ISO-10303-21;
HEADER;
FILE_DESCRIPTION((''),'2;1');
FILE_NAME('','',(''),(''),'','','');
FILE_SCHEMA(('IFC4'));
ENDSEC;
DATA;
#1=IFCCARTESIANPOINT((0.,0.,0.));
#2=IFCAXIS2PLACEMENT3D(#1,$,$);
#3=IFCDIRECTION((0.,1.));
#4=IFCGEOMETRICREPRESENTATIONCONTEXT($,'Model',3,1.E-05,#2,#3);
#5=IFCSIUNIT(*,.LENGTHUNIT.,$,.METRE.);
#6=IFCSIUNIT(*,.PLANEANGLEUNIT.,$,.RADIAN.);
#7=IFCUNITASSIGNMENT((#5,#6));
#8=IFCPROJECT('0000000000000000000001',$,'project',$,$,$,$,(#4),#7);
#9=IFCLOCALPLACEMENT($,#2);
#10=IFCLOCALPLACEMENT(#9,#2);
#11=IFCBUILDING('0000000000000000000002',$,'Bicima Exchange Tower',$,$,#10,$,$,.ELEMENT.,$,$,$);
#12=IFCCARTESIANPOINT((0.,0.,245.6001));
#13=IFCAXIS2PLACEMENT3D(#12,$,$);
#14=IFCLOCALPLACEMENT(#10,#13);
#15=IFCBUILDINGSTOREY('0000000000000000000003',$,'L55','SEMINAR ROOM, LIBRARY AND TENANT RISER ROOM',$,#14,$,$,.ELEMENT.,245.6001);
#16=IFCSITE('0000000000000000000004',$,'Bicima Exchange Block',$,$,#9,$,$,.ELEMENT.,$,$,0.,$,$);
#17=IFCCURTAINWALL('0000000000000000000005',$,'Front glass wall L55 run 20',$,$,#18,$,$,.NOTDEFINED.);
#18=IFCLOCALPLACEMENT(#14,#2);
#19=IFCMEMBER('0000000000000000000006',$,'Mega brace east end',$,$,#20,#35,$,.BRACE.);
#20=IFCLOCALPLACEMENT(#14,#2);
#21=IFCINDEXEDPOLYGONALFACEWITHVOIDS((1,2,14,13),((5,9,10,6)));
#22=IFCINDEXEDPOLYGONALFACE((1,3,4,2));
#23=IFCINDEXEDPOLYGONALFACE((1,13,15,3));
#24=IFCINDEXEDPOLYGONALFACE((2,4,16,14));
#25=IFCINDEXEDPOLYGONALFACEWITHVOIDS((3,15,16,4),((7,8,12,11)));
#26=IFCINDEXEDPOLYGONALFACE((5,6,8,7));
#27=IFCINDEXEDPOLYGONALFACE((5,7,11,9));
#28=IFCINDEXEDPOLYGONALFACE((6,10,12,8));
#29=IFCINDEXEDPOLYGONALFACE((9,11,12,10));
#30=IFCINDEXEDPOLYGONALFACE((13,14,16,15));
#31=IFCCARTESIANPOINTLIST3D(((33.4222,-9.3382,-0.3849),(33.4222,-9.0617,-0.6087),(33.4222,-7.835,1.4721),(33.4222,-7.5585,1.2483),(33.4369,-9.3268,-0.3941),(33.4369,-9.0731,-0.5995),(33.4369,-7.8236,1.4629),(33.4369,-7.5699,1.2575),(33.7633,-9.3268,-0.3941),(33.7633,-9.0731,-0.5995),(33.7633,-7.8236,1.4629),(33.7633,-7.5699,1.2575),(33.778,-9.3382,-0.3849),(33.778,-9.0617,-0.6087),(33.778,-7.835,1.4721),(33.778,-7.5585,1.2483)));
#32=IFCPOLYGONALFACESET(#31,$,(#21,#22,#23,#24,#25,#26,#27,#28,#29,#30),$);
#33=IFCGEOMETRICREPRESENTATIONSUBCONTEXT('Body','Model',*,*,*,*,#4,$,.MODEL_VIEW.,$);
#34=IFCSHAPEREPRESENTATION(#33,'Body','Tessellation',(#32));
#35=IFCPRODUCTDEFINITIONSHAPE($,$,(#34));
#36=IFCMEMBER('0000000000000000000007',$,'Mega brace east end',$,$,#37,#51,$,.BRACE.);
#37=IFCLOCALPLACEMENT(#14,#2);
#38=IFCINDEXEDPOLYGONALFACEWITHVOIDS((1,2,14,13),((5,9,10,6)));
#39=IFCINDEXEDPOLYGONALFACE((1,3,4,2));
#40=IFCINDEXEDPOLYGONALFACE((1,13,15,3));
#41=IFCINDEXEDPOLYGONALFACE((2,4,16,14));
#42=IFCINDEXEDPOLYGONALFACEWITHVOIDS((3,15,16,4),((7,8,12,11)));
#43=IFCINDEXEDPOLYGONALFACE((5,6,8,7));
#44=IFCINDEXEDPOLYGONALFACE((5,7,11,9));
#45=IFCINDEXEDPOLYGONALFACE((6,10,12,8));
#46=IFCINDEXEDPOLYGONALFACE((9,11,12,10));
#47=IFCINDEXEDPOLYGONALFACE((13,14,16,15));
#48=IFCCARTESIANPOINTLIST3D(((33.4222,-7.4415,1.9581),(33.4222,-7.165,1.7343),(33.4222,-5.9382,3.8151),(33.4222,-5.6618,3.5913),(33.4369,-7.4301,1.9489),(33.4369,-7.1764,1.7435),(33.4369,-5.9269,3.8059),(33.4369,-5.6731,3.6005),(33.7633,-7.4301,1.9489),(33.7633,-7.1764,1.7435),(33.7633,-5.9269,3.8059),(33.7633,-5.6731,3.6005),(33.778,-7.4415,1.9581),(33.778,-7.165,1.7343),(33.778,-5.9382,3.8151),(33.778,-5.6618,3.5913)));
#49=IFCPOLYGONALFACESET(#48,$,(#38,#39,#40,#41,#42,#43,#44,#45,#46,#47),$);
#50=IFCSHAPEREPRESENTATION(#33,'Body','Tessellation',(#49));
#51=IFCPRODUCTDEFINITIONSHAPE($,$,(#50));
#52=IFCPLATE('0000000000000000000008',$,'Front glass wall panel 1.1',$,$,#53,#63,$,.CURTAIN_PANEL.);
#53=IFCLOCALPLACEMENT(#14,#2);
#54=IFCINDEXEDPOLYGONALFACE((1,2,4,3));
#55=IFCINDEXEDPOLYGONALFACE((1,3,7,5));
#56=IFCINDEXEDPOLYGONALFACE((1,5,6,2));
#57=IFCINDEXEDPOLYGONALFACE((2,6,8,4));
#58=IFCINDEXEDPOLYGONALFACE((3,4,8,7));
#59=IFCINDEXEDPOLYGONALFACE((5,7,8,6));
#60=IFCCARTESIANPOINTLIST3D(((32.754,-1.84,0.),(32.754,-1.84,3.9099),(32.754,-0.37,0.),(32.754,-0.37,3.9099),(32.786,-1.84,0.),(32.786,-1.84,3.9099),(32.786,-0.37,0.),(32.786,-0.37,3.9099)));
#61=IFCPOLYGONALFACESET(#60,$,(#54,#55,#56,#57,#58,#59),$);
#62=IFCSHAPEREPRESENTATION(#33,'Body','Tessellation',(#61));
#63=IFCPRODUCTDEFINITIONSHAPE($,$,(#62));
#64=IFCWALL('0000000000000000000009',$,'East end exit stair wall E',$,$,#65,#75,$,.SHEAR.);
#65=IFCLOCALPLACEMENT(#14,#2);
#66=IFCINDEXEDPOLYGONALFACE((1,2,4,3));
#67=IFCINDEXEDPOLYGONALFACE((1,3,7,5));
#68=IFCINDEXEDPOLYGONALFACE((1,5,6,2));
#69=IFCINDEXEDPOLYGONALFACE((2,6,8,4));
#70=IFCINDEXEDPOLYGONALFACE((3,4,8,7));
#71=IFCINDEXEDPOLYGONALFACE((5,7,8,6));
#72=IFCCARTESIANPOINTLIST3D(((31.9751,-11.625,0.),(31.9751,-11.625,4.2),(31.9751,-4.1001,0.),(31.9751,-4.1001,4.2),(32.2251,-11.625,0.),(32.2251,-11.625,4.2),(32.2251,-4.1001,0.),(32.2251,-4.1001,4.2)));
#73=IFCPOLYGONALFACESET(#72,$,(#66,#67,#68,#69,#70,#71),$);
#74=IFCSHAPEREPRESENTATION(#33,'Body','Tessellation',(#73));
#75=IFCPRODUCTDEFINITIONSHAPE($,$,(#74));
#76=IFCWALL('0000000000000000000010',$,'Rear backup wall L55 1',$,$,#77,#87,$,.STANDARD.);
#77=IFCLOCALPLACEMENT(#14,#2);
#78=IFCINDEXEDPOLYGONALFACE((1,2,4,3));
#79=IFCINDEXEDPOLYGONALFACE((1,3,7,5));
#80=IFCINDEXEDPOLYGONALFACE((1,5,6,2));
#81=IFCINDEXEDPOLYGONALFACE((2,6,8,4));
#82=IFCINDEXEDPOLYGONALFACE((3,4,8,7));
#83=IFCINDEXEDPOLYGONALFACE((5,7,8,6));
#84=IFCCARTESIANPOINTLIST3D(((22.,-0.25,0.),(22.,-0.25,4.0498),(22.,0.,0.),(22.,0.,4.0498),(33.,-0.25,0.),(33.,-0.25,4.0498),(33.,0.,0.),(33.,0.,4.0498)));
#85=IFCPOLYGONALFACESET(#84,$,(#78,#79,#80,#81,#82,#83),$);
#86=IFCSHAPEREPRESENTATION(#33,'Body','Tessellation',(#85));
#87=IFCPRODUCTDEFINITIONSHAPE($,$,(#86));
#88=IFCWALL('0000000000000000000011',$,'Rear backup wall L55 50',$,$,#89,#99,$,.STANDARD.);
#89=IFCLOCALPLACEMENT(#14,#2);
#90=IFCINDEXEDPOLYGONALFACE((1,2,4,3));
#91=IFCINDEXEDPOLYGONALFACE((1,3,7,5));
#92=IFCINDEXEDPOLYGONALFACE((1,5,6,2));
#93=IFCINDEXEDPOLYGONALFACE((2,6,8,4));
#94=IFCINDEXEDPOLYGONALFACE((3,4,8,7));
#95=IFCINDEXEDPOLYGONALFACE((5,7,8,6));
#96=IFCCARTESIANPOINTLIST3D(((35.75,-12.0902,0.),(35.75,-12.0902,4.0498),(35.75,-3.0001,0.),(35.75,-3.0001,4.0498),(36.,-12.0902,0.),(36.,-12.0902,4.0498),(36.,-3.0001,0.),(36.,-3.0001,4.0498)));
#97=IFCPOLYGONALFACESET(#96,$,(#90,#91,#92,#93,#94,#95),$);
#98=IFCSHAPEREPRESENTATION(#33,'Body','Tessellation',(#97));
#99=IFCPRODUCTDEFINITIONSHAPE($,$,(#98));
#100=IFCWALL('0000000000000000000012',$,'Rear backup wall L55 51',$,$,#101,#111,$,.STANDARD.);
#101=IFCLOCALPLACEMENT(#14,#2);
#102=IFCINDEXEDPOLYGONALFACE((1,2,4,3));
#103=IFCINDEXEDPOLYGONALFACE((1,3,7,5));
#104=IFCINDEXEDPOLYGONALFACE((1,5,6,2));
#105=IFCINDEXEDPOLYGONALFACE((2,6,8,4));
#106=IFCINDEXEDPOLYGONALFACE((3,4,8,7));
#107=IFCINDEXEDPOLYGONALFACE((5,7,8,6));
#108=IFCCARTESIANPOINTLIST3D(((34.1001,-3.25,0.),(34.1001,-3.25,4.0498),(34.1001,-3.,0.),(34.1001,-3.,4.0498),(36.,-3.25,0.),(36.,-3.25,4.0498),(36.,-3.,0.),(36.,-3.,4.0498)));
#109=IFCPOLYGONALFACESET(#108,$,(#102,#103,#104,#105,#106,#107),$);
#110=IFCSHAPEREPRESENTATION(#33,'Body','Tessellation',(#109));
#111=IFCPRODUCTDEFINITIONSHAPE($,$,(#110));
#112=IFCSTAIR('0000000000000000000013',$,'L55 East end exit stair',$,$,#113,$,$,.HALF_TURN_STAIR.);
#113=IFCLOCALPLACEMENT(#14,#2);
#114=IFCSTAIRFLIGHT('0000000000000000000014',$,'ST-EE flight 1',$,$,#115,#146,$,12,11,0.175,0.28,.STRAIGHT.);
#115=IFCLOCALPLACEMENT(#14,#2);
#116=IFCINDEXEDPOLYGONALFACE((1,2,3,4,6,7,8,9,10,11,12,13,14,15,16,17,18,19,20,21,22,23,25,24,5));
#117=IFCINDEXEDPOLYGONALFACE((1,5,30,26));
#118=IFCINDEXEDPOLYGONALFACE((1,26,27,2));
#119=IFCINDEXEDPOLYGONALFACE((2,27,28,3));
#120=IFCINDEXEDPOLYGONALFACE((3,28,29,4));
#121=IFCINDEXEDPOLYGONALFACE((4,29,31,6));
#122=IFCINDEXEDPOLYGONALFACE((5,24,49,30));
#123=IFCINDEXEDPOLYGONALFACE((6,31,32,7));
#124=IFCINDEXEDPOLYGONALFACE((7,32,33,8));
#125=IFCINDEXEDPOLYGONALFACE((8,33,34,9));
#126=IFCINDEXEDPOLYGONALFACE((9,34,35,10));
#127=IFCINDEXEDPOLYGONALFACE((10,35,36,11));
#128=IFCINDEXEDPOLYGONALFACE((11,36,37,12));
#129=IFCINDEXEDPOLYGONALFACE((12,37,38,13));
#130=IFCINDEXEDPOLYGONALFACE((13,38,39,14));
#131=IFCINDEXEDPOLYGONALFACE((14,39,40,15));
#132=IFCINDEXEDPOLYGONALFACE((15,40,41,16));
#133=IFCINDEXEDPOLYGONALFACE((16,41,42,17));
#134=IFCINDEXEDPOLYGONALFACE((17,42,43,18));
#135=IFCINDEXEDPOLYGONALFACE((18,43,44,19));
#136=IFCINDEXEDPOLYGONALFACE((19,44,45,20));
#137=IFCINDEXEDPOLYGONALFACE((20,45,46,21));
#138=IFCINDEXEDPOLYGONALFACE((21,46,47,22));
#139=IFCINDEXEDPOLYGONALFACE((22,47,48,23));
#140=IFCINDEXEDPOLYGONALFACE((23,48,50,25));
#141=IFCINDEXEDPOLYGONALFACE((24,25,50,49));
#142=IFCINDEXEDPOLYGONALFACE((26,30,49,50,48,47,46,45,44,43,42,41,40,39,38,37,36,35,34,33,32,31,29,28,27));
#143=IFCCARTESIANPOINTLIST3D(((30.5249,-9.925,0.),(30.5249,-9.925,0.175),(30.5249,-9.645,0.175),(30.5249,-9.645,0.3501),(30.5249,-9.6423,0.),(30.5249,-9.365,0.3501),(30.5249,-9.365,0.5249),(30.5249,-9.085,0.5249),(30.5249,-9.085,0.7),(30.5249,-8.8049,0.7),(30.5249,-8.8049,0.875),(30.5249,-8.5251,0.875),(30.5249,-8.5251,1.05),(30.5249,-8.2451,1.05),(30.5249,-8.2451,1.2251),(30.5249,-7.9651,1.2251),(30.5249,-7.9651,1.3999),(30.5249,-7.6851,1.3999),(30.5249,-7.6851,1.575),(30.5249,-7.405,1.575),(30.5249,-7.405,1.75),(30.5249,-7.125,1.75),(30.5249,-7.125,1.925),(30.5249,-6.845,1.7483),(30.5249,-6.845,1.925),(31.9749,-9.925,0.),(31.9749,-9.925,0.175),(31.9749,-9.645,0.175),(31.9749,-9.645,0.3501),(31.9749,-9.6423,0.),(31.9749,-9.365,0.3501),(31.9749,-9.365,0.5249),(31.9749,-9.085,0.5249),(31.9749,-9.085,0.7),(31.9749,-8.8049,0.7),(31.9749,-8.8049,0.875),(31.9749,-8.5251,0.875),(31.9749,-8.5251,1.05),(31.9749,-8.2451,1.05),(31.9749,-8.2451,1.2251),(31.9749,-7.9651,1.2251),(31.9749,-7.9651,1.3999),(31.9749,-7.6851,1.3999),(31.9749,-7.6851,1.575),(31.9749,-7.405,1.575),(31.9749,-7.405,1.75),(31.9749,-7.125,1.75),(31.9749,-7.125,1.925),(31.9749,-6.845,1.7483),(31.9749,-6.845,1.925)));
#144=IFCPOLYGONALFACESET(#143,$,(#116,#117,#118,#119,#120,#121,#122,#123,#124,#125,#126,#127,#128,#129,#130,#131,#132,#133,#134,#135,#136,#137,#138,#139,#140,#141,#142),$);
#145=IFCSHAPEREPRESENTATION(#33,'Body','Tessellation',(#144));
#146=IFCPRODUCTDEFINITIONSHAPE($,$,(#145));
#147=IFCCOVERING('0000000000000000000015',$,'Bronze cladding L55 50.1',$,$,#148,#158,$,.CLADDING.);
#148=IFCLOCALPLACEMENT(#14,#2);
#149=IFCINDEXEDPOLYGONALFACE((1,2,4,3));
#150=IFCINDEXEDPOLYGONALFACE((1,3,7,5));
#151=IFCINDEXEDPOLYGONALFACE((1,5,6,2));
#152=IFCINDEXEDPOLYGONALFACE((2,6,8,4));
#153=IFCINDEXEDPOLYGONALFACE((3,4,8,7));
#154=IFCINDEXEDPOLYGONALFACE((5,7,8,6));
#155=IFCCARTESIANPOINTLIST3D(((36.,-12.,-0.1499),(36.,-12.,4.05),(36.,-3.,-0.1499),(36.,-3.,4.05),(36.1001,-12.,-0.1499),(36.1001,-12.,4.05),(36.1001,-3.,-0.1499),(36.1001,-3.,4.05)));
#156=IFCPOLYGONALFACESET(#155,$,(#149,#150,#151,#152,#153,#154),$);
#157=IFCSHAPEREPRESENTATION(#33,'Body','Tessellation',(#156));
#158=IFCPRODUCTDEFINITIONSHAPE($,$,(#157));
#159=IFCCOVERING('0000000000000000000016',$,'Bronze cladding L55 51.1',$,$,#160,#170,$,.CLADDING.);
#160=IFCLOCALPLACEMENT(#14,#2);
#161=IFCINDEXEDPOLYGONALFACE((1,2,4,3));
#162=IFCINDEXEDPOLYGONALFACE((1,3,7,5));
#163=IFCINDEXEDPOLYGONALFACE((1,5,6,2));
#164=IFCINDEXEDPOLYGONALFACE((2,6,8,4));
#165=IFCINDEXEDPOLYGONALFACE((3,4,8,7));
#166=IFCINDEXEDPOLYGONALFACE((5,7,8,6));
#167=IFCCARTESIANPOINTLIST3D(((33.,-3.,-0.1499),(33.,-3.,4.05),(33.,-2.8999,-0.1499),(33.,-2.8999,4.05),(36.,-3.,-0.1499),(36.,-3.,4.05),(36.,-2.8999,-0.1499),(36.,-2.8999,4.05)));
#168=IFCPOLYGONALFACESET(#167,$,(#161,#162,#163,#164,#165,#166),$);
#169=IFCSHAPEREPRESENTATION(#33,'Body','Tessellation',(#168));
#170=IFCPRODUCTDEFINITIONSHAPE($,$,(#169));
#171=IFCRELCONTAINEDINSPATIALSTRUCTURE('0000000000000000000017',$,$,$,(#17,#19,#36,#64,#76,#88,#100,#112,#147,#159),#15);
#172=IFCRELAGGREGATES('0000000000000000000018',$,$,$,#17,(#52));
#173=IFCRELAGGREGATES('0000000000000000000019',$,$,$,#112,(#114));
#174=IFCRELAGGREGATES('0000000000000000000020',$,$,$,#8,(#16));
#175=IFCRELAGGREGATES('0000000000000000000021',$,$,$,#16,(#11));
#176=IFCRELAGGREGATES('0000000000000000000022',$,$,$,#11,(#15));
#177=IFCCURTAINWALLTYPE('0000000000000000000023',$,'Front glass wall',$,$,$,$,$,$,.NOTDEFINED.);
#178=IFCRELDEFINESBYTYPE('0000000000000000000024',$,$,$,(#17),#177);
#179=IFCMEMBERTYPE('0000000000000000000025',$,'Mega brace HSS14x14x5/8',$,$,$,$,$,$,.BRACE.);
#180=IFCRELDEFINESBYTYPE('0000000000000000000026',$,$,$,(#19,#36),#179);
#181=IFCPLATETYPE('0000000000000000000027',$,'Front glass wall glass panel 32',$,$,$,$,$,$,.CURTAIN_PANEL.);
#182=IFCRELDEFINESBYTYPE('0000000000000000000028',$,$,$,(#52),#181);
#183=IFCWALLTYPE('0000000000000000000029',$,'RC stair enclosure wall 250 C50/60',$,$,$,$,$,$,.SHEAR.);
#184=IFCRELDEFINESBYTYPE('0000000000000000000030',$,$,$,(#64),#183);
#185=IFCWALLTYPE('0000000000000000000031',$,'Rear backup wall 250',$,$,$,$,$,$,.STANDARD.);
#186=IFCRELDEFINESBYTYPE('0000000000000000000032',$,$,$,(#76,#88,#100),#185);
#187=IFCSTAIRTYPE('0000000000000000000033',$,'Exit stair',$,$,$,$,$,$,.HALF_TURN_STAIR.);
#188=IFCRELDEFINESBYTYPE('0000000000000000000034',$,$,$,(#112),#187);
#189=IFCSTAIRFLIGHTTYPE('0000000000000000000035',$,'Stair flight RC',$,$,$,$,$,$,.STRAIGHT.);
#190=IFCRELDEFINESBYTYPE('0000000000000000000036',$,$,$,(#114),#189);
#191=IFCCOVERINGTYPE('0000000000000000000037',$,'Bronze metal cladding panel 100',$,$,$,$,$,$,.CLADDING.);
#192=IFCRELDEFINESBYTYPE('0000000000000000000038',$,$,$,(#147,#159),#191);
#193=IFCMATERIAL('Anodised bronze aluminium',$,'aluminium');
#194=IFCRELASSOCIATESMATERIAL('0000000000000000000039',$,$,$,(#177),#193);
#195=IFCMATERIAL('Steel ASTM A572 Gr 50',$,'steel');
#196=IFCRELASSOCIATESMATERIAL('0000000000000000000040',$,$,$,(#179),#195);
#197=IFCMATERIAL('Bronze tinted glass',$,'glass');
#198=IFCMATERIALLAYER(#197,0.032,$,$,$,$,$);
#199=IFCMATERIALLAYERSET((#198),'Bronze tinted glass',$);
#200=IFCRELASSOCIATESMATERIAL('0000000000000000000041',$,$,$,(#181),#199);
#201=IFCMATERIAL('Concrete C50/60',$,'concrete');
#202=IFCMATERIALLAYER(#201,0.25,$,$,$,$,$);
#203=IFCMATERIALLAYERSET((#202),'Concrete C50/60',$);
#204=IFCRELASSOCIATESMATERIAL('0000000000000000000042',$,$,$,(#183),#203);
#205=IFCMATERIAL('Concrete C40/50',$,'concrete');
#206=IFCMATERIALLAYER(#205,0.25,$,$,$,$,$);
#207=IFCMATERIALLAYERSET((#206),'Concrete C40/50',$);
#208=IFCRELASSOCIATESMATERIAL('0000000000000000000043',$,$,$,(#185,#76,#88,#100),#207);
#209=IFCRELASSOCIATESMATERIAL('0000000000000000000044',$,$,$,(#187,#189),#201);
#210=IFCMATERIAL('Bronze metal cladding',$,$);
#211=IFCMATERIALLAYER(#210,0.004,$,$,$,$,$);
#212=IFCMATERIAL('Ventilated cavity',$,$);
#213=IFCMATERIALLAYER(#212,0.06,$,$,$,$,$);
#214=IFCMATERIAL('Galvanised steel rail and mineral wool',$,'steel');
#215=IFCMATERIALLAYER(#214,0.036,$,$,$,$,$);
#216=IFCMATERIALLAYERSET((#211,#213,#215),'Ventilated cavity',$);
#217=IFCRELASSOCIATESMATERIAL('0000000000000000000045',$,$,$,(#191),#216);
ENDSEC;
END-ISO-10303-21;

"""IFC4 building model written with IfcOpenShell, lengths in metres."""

from ifc_helpers import new_model, si_unit, direction, frame, frame_2d, origin, origin_2d, place, context, subcontext, project, spatial, polyline, rectangle, hollow_rectangle, outline, extrude, material, layer, layer_set, layer_usage, material_profile, profile_set, type_object, element, aggregate, save


model = new_model("IFC4")

# Units and contexts
model_context = context("Model", 3, precision=1e-05, world=origin(), true_north=direction((0.0, 1.0)))
body_context = subcontext(model_context, "Body", "Model", "MODEL_VIEW")
ifc_project = project(units=[si_unit("LENGTHUNIT", "METRE"), si_unit("PLANEANGLEUNIT", "RADIAN")], contexts=[model_context])

# Site, building, storey
site_placement = place(None, origin())
site = spatial("IfcSite", under=ifc_project, at=site_placement, Name="Bicima Exchange Block", CompositionType="ELEMENT", RefElevation=0.0)
building_placement = place(site_placement, origin())
building = spatial("IfcBuilding", under=site, at=building_placement, Name="Bicima Exchange Tower", CompositionType="ELEMENT")
storey_placement = place(building_placement, frame((0.0, 0.0, 245.6001)))
storey = spatial("IfcBuildingStorey", under=building, at=storey_placement, Name="L55", Description="SEMINAR ROOM, LIBRARY AND TENANT RISER ROOM", CompositionType="ELEMENT", Elevation=245.6001)

# Shared definitions
ifc_material_1 = material(Name="Steel ASTM A572 Gr 50", Category="steel")

# Shared definitions
ifc_material_2 = material(Name="Anodised bronze aluminium", Category="aluminium")

# Curtain wall
curtain_wall_type_1 = type_object("IfcCurtainWallType", Name="Front glass wall", PredefinedType="NOTDEFINED", material=ifc_material_2)
curtain_wall_1_placement = place(storey_placement, origin())
curtain_wall_1 = element("IfcCurtainWall", 1, at=curtain_wall_1_placement, inside=storey, type_object=curtain_wall_type_1, Name="Front glass wall L55 run 20", PredefinedType="NOTDEFINED")

# Members
ifc_material_profile_1 = material_profile(ifc_material_1, hollow_rectangle(XDim=0.3557, YDim=0.3557, WallThickness=0.0146, at=origin_2d()))
ifc_profile_set_1 = profile_set([ifc_material_profile_1], Name="Steel ASTM A572 Gr 50")
member_type_1 = type_object("IfcMemberType", Name="Mega brace HSS14x14x5/8", PredefinedType="BRACE", material=ifc_profile_set_1)
for number, where, z_axis, x_axis, name in (
    (2, (33.6001, -9.2, -0.4968), (0.0, 0.629184, 0.777257), (-1.0, 0.0, 0.0), "Mega brace east end"),
    (3, (33.6001, -7.3032, 1.8462), (0.0, 0.629184, 0.777257), (-1.0, 0.0, 0.0), "Mega brace east end"),
):
    element("IfcMember", number, at=place(storey_placement, frame(where, z_axis=z_axis, x_axis=x_axis)), inside=storey, type_object=member_type_1, Name=name, PredefinedType="BRACE", context=body_context, shape_type="SweptSolid", body=[
        extrude(hollow_rectangle(XDim=0.3557, YDim=0.3557, WallThickness=0.0146, at=origin_2d()), origin(), (0.0, 0.0, 1.0), 2.3892),
    ])

# Plate
ifc_material_3 = material(Name="Bronze tinted glass", Category="glass")
ifc_layer_1 = layer(ifc_material_3, 0.032)
ifc_layer_set_1 = layer_set([ifc_layer_1], Name="Bronze tinted glass")
plate_type = type_object("IfcPlateType", Name="Front glass wall glass panel 32", PredefinedType="CURTAIN_PANEL", material=ifc_layer_set_1)
plate_placement = place(storey_placement, frame((32.77, -1.105, 0.0), z_axis=(0.0, 0.0, 1.0), x_axis=(0.0, 1.0, 0.0)))
plate = element("IfcPlate", 4, at=plate_placement, type_object=plate_type, Name="Front glass wall panel 1.1", PredefinedType="CURTAIN_PANEL", context=body_context, shape_type="SweptSolid", body=[
    extrude(rectangle(XDim=1.47, YDim=0.032, at=origin_2d()), origin(), (0.0, 0.0, 1.0), 3.9099),
])
aggregate(curtain_wall_1, [plate])

# Walls
ifc_material_4 = material(Name="Concrete C50/60", Category="concrete")
ifc_layer_2 = layer(ifc_material_4, 0.25)
ifc_layer_set_2 = layer_set([ifc_layer_2], Name="Concrete C50/60")
wall_type_1 = type_object("IfcWallType", Name="RC stair enclosure wall 250 C50/60", PredefinedType="SHEAR", material=ifc_layer_set_2)
wall_1_placement = place(storey_placement, frame((32.1001, -11.625, 0.0), z_axis=(0.0, 0.0, 1.0), x_axis=(0.0, 1.0, 0.0)))
element("IfcWall", 5, at=wall_1_placement, inside=storey, type_object=wall_type_1, Name="East end exit stair wall E", PredefinedType="SHEAR", context=body_context, shape_type="SweptSolid", body=[
    extrude(rectangle(XDim=7.5249, YDim=0.25, at=frame_2d((3.7625, 0.0))), origin(), (0.0, 0.0, 1.0), 4.2),
])
ifc_material_5 = material(Name="Concrete C40/50", Category="concrete")
ifc_layer_3 = layer(ifc_material_5, 0.25)
ifc_layer_set_3 = layer_set([ifc_layer_3], Name="Concrete C40/50")
ifc_layer_usage = layer_usage(ifc_layer_set_3, "AXIS2", "POSITIVE", -0.125)
wall_type_2 = type_object("IfcWallType", Name="Rear backup wall 250", PredefinedType="STANDARD", material=ifc_layer_set_3)
wall_2_placement = place(storey_placement, frame((33.0, -0.125, 0.0), z_axis=(0.0, 0.0, 1.0), x_axis=(-1.0, 0.0, 0.0)))
element("IfcWall", 6, at=wall_2_placement, inside=storey, type_object=wall_type_2, material=ifc_layer_usage, Name="Rear backup wall L55 1", PredefinedType="STANDARD", context=body_context, shape_type="SweptSolid", body=[
    extrude(rectangle(XDim=11.0, YDim=0.25, at=frame_2d((5.5, 0.0))), origin(), (0.0, 0.0, 1.0), 4.0498),
])
wall_3_placement = place(storey_placement, frame((35.875, -12.0901, 0.0), z_axis=(0.0, 0.0, 1.0), x_axis=(0.0, 1.0, 0.0)))
element("IfcWall", 7, at=wall_3_placement, inside=storey, type_object=wall_type_2, material=ifc_layer_usage, Name="Rear backup wall L55 50", PredefinedType="STANDARD", context=body_context, shape_type="SweptSolid", body=[
    extrude(rectangle(XDim=9.0901, YDim=0.25, at=frame_2d((4.5449, 0.0))), origin(), (0.0, 0.0, 1.0), 4.0498),
])
wall_4_placement = place(storey_placement, frame((36.0, -3.125, 0.0), z_axis=(0.0, 0.0, 1.0), x_axis=(-1.0, 0.0, 0.0)))
element("IfcWall", 8, at=wall_4_placement, inside=storey, type_object=wall_type_2, material=ifc_layer_usage, Name="Rear backup wall L55 51", PredefinedType="STANDARD", context=body_context, shape_type="SweptSolid", body=[
    extrude(rectangle(XDim=1.8999, YDim=0.25, at=frame_2d((0.95, 0.0))), origin(), (0.0, 0.0, 1.0), 4.0498),
])

# Stair, stair flight
stair_type = type_object("IfcStairType", Name="Exit stair", PredefinedType="HALF_TURN_STAIR", material=ifc_material_4)
stair_placement = place(storey_placement, origin())
stair = element("IfcStair", 9, at=stair_placement, inside=storey, type_object=stair_type, Name="L55 East end exit stair", PredefinedType="HALF_TURN_STAIR")
stair_flight_type = type_object("IfcStairFlightType", Name="Stair flight RC", PredefinedType="STRAIGHT", material=ifc_material_4)
stair_flight_placement = place(storey_placement, frame((31.25, -9.925, 0.0), z_axis=(0.0, 0.0, 1.0), x_axis=(0.0, 1.0, 0.0)))
stair_flight = element("IfcStairFlight", 10, at=stair_flight_placement, type_object=stair_flight_type, Name="ST-EE flight 1", NumberOfRisers=12, NumberOfTreads=11, PredefinedType="STRAIGHT", RiserHeight=0.175, TreadLength=0.28, context=body_context, shape_type="SweptSolid", body=[
    extrude(outline(polyline([(0.0, 0.0), (0.0, 0.175), (0.28, 0.175), (0.28, 0.3501), (0.5601, 0.3501), (0.5601, 0.5249), (0.8401, 0.5249), (0.8401, 0.7), (1.1201, 0.7), (1.1201, 0.875), (1.3999, 0.875), (1.3999, 1.05), (1.6799, 1.05), (1.6799, 1.2251), (1.96, 1.2251), (1.96, 1.3999), (2.24, 1.3999), (2.24, 1.575), (2.52, 1.575), (2.52, 1.75), (2.8, 1.75), (2.8, 1.925), (3.0801, 1.925), (3.0801, 2.1001), (3.0801, 1.7483), (0.2827, 0.0), (0.0, 0.0)])), frame((0.0, 0.7251, 0.0), z_axis=(0.0, -1.0, 0.0), x_axis=(1.0, 0.0, 0.0)), (0.0, 0.0, 1.0), 1.45),
])
aggregate(stair, [stair_flight])

# Coverings
ifc_material_6 = material(Name="Bronze metal cladding")
ifc_layer_4 = layer(ifc_material_6, 0.004)
ifc_material_7 = material(Name="Ventilated cavity")
ifc_layer_5 = layer(ifc_material_7, 0.06)
ifc_material_8 = material(Name="Galvanised steel rail and mineral wool", Category="steel")
ifc_layer_6 = layer(ifc_material_8, 0.036)
ifc_layer_set_4 = layer_set([ifc_layer_4, ifc_layer_5, ifc_layer_6], Name="Ventilated cavity")
covering_type = type_object("IfcCoveringType", Name="Bronze metal cladding panel 100", PredefinedType="CLADDING", material=ifc_layer_set_4)
covering_1_placement = place(storey_placement, frame((36.05, -7.5, -0.1499), z_axis=(0.0, 0.0, 1.0), x_axis=(0.0, 1.0, 0.0)))
element("IfcCovering", 11, at=covering_1_placement, inside=storey, type_object=covering_type, Name="Bronze cladding L55 50.1", PredefinedType="CLADDING", context=body_context, shape_type="SweptSolid", body=[
    extrude(rectangle(XDim=9.0, YDim=0.1001, at=origin_2d()), origin(), (0.0, 0.0, 1.0), 4.2),
])
covering_2_placement = place(storey_placement, frame((34.5, -2.95, -0.1499), z_axis=(0.0, 0.0, 1.0), x_axis=(-1.0, 0.0, 0.0)))
element("IfcCovering", 12, at=covering_2_placement, inside=storey, type_object=covering_type, Name="Bronze cladding L55 51.1", PredefinedType="CLADDING", context=body_context, shape_type="SweptSolid", body=[
    extrude(rectangle(XDim=3.0, YDim=0.1001, at=origin_2d()), origin(), (0.0, 0.0, 1.0), 4.2),
])

save(model, "model.ifc")
